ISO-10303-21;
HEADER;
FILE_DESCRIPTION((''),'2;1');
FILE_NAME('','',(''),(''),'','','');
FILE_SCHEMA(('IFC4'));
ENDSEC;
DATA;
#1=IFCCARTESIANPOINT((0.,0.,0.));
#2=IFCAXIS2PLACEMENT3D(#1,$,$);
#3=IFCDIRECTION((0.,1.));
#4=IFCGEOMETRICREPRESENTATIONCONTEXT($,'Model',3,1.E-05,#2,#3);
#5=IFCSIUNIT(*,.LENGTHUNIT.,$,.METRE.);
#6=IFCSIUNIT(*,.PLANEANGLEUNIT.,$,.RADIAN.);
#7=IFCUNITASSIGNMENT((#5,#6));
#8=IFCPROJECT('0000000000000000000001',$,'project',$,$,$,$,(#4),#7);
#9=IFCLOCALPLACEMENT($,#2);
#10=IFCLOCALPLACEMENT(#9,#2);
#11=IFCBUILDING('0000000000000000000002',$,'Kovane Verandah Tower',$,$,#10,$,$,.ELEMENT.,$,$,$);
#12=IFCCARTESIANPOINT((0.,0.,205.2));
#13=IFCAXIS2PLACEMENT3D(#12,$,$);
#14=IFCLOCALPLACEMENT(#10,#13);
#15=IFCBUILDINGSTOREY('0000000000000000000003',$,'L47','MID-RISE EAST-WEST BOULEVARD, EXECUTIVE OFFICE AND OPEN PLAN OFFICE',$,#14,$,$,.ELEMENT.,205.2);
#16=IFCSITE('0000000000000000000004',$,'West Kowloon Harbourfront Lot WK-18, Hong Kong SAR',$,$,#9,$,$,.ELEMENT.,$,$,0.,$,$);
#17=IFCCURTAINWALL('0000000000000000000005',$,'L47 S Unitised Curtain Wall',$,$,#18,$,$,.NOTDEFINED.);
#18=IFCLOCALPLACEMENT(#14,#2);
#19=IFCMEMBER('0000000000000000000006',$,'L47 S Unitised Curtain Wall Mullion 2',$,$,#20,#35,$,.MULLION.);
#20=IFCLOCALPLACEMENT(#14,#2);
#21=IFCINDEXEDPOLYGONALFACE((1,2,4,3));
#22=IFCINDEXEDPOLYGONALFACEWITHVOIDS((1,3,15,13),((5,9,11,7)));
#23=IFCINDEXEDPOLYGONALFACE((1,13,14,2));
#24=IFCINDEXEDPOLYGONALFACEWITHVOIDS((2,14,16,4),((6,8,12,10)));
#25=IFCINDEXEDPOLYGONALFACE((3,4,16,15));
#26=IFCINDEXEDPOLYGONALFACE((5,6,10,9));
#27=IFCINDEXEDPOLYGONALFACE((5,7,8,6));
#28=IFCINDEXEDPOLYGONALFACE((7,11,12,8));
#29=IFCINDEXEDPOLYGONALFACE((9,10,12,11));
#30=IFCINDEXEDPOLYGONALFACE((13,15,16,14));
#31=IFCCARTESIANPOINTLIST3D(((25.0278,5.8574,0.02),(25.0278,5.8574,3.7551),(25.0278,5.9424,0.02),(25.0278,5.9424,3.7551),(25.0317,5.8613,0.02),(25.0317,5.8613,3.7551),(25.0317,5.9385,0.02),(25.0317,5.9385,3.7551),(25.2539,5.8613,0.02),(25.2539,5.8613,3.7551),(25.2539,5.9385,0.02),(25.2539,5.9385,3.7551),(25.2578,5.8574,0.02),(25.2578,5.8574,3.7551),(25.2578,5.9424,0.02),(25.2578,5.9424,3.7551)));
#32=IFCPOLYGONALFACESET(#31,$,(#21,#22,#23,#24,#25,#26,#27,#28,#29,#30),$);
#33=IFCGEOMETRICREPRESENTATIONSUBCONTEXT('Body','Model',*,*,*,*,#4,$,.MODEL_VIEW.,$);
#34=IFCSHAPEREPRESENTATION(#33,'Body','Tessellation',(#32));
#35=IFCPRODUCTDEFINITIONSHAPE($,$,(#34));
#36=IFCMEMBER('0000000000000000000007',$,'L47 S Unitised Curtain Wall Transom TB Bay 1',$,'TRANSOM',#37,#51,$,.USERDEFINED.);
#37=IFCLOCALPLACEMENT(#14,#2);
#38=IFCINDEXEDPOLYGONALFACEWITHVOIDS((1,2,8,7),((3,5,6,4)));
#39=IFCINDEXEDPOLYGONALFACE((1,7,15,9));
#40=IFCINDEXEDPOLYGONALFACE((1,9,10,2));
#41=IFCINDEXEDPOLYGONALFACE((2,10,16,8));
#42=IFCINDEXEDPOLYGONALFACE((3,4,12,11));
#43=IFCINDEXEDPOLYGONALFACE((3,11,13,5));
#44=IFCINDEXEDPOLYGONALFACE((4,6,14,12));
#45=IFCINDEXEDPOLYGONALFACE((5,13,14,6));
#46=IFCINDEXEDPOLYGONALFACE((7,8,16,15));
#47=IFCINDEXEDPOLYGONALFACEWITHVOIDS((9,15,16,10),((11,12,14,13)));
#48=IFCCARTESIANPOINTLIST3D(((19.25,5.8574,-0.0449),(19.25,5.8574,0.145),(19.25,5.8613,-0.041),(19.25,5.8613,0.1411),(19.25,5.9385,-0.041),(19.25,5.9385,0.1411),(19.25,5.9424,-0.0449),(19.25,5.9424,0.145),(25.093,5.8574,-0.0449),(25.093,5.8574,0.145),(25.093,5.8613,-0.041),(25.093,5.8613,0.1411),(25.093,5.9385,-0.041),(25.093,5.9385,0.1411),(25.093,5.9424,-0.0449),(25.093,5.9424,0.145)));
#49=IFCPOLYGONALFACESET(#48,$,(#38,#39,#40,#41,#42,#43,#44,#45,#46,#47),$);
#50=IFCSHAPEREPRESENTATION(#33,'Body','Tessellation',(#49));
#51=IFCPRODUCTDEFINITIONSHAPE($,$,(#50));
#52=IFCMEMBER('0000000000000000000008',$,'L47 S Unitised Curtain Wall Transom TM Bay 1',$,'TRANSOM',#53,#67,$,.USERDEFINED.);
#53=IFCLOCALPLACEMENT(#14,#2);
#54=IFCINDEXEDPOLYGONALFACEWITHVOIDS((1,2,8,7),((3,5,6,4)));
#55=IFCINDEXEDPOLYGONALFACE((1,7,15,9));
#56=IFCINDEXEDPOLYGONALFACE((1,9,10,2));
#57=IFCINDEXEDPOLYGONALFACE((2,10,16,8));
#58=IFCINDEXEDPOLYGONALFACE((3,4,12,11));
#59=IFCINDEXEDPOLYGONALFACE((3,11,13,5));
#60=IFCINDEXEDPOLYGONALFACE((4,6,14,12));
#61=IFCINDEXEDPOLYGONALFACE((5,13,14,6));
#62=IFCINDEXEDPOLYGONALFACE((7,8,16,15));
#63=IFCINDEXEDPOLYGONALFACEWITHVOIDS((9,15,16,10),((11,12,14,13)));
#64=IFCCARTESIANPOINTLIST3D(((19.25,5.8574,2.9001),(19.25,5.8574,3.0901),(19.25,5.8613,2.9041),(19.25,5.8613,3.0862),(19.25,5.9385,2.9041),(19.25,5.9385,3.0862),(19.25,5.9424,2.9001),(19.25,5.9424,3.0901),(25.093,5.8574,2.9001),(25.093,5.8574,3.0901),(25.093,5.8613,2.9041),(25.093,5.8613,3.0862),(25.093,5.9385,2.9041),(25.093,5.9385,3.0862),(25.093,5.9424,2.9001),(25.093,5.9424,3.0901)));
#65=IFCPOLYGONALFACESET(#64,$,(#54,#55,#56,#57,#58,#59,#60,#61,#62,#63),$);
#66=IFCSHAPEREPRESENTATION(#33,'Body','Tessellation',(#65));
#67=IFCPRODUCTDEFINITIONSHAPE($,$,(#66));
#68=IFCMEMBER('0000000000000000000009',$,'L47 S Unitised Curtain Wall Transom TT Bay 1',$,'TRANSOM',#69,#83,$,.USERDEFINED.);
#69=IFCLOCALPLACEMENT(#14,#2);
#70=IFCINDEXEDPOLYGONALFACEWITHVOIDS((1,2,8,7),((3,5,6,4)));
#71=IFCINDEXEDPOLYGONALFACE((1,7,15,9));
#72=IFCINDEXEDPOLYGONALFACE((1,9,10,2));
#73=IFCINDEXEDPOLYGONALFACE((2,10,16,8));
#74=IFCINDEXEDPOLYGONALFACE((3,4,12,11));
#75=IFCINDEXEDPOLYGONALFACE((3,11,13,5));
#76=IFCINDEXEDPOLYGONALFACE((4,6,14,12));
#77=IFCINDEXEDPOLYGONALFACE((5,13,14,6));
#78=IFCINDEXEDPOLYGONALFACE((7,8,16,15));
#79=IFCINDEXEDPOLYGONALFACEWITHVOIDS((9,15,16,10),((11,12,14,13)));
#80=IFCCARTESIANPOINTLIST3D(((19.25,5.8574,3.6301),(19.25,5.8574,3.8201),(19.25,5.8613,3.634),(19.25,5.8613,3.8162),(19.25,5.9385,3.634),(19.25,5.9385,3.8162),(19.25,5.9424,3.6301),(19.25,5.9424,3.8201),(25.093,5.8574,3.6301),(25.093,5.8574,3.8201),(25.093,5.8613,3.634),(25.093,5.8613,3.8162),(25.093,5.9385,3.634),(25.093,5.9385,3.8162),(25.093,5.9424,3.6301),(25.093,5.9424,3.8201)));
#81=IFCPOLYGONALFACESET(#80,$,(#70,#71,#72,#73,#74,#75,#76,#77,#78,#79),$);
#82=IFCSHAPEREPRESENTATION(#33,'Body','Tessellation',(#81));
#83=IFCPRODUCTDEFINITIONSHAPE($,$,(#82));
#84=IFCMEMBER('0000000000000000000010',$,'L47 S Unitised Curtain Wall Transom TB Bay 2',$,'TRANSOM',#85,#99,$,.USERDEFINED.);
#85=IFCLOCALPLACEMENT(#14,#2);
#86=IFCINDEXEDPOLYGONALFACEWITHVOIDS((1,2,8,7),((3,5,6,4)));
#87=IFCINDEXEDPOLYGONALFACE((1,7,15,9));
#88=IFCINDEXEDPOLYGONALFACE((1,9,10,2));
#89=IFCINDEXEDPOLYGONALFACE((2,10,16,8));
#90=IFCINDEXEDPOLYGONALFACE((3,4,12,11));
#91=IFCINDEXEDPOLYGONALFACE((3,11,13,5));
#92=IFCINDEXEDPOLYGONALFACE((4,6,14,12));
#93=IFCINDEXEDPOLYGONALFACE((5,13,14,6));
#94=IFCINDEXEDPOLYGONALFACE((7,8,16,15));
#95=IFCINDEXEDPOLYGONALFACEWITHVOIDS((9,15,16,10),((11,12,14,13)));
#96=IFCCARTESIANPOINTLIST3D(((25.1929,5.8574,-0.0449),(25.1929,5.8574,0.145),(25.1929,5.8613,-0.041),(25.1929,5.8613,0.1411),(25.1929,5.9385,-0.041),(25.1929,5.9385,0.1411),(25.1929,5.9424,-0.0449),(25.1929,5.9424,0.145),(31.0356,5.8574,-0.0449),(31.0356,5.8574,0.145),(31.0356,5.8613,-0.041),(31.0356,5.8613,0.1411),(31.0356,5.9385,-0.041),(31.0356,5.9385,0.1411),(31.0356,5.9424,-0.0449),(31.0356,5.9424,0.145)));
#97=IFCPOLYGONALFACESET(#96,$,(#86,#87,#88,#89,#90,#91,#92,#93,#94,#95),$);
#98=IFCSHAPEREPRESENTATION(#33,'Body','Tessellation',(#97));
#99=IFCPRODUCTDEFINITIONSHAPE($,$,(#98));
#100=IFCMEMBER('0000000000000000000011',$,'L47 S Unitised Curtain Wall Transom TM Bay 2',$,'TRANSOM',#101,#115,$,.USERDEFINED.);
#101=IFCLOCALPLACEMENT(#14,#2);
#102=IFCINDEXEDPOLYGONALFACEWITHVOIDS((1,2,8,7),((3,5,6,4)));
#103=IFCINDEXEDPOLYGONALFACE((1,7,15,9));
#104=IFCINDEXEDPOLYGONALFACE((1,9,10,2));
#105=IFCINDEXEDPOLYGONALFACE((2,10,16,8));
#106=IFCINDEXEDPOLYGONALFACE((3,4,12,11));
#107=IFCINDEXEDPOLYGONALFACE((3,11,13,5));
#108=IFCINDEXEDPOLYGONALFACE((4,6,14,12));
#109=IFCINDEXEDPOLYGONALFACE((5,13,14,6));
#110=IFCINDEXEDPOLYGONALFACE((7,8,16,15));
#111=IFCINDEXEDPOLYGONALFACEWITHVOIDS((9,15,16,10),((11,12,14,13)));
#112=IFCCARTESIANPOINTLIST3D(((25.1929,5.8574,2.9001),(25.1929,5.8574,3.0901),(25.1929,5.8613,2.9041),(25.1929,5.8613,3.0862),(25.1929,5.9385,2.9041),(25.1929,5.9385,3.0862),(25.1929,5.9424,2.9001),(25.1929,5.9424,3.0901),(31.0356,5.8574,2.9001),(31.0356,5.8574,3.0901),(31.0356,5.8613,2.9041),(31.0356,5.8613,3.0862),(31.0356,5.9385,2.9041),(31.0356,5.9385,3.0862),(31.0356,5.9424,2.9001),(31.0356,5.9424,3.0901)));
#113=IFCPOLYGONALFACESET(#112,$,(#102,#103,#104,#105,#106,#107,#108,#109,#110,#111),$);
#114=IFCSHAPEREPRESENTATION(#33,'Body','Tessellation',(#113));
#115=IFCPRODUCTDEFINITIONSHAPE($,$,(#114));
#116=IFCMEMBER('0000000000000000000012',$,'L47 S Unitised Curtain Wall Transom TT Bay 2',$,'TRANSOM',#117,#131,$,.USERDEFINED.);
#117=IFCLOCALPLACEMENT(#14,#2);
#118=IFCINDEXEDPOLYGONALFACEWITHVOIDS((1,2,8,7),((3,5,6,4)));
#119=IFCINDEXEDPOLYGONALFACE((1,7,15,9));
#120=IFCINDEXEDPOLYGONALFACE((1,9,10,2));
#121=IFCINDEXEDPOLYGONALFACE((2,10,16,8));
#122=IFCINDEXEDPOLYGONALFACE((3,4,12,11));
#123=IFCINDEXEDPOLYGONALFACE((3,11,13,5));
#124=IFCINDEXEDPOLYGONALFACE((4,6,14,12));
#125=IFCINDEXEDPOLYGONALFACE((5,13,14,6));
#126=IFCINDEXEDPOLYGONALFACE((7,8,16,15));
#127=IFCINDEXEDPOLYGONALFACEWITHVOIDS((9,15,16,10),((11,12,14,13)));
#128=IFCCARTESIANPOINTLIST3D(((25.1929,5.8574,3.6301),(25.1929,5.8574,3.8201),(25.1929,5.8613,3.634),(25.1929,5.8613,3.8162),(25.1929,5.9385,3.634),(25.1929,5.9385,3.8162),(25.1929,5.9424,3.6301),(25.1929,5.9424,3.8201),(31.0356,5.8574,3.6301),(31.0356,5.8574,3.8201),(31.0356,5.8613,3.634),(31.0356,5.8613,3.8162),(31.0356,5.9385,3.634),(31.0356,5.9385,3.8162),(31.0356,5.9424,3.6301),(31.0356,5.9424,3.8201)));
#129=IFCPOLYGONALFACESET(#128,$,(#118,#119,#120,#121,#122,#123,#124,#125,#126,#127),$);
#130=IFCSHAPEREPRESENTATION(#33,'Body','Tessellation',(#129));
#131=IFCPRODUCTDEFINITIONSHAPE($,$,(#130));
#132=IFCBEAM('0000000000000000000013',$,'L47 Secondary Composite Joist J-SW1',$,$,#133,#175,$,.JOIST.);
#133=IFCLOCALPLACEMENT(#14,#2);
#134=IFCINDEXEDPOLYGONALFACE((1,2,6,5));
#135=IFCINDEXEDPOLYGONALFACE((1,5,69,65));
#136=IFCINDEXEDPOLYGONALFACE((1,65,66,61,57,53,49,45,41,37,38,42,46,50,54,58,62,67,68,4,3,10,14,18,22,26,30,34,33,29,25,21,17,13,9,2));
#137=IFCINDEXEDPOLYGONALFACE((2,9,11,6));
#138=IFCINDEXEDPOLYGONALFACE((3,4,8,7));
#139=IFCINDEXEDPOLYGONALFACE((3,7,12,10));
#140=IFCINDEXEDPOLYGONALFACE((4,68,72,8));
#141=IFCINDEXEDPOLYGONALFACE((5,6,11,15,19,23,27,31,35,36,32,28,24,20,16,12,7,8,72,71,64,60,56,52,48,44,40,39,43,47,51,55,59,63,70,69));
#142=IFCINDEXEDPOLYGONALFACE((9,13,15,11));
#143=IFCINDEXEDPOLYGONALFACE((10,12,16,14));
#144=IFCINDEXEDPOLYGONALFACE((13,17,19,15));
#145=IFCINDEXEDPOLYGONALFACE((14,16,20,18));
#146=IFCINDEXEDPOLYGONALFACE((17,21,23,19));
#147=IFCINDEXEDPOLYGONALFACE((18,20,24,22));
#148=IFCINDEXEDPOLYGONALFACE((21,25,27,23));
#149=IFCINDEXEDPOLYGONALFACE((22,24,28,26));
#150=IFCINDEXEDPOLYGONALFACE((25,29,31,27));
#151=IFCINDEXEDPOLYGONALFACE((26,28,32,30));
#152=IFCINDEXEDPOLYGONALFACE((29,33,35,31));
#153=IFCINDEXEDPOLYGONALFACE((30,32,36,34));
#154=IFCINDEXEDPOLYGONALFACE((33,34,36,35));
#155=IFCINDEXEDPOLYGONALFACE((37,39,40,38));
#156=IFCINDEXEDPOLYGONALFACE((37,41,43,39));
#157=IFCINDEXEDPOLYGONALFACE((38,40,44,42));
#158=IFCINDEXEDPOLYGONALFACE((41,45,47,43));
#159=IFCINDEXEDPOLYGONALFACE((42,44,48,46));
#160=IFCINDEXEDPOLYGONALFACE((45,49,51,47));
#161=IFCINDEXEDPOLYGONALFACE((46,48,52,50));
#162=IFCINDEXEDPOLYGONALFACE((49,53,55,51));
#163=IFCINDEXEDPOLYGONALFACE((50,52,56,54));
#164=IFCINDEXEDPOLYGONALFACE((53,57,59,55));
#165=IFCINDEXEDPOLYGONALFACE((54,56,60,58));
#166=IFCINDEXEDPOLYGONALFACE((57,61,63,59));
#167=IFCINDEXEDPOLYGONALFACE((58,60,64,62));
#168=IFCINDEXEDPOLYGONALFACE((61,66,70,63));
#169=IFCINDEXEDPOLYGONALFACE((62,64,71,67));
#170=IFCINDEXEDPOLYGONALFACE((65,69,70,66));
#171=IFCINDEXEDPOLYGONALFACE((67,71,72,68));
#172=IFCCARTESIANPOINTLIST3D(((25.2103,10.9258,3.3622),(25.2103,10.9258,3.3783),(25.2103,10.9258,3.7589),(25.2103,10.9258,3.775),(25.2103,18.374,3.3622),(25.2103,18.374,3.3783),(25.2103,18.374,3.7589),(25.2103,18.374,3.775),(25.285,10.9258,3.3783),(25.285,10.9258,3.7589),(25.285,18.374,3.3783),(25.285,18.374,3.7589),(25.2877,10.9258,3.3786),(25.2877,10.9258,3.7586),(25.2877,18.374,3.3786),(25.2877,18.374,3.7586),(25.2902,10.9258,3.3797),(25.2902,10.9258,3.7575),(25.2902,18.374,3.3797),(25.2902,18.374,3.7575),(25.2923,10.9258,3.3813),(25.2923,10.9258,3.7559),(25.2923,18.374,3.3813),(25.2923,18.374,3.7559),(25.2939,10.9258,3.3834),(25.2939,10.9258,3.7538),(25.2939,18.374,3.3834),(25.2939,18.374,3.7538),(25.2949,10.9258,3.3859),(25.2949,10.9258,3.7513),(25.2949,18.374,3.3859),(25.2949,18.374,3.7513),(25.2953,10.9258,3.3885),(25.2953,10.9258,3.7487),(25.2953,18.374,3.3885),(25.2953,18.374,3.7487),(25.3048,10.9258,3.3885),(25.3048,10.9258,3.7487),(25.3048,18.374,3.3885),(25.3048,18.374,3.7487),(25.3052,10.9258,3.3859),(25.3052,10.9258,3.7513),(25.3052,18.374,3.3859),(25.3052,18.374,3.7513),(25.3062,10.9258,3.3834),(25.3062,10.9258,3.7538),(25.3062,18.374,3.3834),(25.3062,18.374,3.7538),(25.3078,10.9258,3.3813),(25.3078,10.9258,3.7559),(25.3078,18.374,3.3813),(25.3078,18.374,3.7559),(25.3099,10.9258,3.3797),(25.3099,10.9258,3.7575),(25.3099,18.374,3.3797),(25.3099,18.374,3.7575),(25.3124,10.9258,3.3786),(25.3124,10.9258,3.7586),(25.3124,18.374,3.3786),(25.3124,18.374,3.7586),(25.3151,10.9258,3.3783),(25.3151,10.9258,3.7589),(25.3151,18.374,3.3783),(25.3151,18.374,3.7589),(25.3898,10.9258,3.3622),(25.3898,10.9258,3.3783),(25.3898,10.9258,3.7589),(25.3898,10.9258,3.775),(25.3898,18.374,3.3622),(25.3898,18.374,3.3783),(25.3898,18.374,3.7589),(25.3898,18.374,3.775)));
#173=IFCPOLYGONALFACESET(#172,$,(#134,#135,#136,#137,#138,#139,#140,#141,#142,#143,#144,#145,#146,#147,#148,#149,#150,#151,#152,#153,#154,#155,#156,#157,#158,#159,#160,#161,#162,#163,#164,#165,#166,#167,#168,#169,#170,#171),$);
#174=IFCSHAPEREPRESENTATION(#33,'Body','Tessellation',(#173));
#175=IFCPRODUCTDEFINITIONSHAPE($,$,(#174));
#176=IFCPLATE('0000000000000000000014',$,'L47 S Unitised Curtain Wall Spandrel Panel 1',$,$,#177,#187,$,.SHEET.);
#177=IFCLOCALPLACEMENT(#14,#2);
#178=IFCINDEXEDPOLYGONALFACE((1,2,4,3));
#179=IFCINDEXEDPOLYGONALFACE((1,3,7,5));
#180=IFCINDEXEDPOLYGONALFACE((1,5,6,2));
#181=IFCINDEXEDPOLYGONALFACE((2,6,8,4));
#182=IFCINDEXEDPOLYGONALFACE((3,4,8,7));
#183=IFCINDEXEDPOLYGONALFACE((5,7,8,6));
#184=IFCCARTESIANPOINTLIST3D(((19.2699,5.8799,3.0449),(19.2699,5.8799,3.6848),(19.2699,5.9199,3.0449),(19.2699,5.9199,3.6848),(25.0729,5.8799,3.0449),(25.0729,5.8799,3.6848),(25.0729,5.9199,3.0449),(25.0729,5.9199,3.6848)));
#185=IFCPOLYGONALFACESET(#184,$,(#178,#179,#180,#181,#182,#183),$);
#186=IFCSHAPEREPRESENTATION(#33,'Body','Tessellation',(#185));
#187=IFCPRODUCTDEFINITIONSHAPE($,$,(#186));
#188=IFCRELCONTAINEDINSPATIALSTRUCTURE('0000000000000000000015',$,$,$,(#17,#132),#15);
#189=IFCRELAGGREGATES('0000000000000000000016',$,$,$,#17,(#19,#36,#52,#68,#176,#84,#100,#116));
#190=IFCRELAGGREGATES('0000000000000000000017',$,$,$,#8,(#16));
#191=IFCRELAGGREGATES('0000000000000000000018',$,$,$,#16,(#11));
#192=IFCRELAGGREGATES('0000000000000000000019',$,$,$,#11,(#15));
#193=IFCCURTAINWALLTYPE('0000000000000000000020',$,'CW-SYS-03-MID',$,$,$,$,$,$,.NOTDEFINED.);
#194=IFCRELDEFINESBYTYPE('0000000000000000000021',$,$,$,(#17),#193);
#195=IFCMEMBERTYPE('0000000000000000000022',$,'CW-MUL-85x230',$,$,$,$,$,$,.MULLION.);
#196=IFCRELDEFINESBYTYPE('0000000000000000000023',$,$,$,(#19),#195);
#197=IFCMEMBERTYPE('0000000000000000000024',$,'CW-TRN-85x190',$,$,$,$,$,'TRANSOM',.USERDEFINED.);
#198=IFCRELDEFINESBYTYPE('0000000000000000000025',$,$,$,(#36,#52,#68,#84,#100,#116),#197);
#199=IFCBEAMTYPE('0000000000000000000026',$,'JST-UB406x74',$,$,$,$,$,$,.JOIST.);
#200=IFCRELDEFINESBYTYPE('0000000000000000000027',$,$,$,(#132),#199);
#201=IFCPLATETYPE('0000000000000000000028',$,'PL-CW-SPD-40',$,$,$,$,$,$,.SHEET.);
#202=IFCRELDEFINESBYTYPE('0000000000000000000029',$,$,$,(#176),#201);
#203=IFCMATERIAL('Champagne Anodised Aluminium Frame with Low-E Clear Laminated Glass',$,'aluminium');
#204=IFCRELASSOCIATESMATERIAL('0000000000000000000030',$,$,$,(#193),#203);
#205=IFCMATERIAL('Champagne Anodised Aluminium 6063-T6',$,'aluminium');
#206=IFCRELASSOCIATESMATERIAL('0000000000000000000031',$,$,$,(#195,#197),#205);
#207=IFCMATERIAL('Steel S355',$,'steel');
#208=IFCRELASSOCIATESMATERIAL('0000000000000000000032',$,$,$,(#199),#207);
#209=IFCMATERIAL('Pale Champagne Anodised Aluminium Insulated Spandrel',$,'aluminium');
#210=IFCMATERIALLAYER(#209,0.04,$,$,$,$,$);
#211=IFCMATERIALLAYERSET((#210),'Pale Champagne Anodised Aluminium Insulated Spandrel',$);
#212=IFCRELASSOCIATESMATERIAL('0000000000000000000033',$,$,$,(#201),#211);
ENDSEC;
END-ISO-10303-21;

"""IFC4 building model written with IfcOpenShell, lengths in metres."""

from ifc_helpers import new_model, si_unit, direction, frame, origin, origin_2d, place, context, subcontext, project, spatial, rectangle, hollow_rectangle, i_section, extrude, material, layer, layer_set, material_profile, profile_set, type_object, element, aggregate, save


model = new_model("IFC4")

# Units and contexts
model_context = context("Model", 3, precision=1e-05, world=origin(), true_north=direction((0.0, 1.0)))
body_context = subcontext(model_context, "Body", "Model", "MODEL_VIEW")
ifc_project = project(units=[si_unit("LENGTHUNIT", "METRE"), si_unit("PLANEANGLEUNIT", "RADIAN")], contexts=[model_context])

# Site, building, storey
site_placement = place(None, origin())
site = spatial("IfcSite", under=ifc_project, at=site_placement, Name="West Kowloon Harbourfront Lot WK-18, Hong Kong SAR", CompositionType="ELEMENT", RefElevation=0.0)
building_placement = place(site_placement, origin())
building = spatial("IfcBuilding", under=site, at=building_placement, Name="Kovane Verandah Tower", CompositionType="ELEMENT")
storey_placement = place(building_placement, frame((0.0, 0.0, 205.2)))
storey = spatial("IfcBuildingStorey", under=building, at=storey_placement, Name="L47", Description="MID-RISE EAST-WEST BOULEVARD, EXECUTIVE OFFICE AND OPEN PLAN OFFICE", CompositionType="ELEMENT", Elevation=205.2)

# Shared definitions
ifc_material_1 = material(Name="Steel S355", Category="steel")

# Curtain wall, members
ifc_material_2 = material(Name="Champagne Anodised Aluminium Frame with Low-E Clear Laminated Glass", Category="aluminium")
curtain_wall_type = type_object("IfcCurtainWallType", Name="CW-SYS-03-MID", PredefinedType="NOTDEFINED", material=ifc_material_2)
curtain_wall_placement = place(storey_placement, origin())
curtain_wall = element("IfcCurtainWall", 1, at=curtain_wall_placement, inside=storey, type_object=curtain_wall_type, Name="L47 S Unitised Curtain Wall", PredefinedType="NOTDEFINED")
ifc_material_3 = material(Name="Champagne Anodised Aluminium 6063-T6", Category="aluminium")
ifc_material_profile_1 = material_profile(ifc_material_3, hollow_rectangle(XDim=0.085, YDim=0.23, WallThickness=0.0039, at=origin_2d()), Name="AL85x230x4")
ifc_profile_set_1 = profile_set([ifc_material_profile_1], Name="Champagne Anodised Aluminium 6063-T6")
member_type_1 = type_object("IfcMemberType", Name="CW-MUL-85x230", PredefinedType="MULLION", material=ifc_profile_set_1)
member_1_placement = place(storey_placement, frame((25.1428, 5.8999, 0.02), z_axis=(0.0, 0.0, 1.0), x_axis=(0.0, -1.0, 0.0)))
member_1 = element("IfcMember", 2, at=member_1_placement, type_object=member_type_1, Name="L47 S Unitised Curtain Wall Mullion 2", PredefinedType="MULLION", context=body_context, shape_type="SweptSolid", body=[
    extrude(hollow_rectangle(XDim=0.085, YDim=0.23, WallThickness=0.0039, at=origin_2d()), origin(), (0.0, 0.0, 1.0), 3.7351),
])
ifc_material_profile_2 = material_profile(ifc_material_3, hollow_rectangle(XDim=0.085, YDim=0.1899, WallThickness=0.0039, at=origin_2d()), Name="AL85x190x4")
ifc_profile_set_2 = profile_set([ifc_material_profile_2], Name="Champagne Anodised Aluminium 6063-T6")
member_type_2 = type_object("IfcMemberType", Name="CW-TRN-85x190", ElementType="TRANSOM", PredefinedType="USERDEFINED", material=ifc_profile_set_2)
member_2_placement = place(storey_placement, frame((19.25, 5.8999, 0.05), z_axis=(1.0, 0.0, 0.0), x_axis=(0.0, 1.0, 0.0)))
member_2 = element("IfcMember", 3, at=member_2_placement, type_object=member_type_2, Name="L47 S Unitised Curtain Wall Transom TB Bay 1", ObjectType="TRANSOM", PredefinedType="USERDEFINED", context=body_context, shape_type="SweptSolid", body=[
    extrude(hollow_rectangle(XDim=0.085, YDim=0.1899, WallThickness=0.0039, at=origin_2d()), origin(), (0.0, 0.0, 1.0), 5.843),
])
member_3_placement = place(storey_placement, frame((19.25, 5.8999, 2.9951), z_axis=(1.0, 0.0, 0.0), x_axis=(0.0, 1.0, 0.0)))
member_3 = element("IfcMember", 4, at=member_3_placement, type_object=member_type_2, Name="L47 S Unitised Curtain Wall Transom TM Bay 1", ObjectType="TRANSOM", PredefinedType="USERDEFINED", context=body_context, shape_type="SweptSolid", body=[
    extrude(hollow_rectangle(XDim=0.085, YDim=0.1899, WallThickness=0.0039, at=origin_2d()), origin(), (0.0, 0.0, 1.0), 5.843),
])
member_4_placement = place(storey_placement, frame((19.25, 5.8999, 3.7251), z_axis=(1.0, 0.0, 0.0), x_axis=(0.0, 1.0, 0.0)))
member_4 = element("IfcMember", 5, at=member_4_placement, type_object=member_type_2, Name="L47 S Unitised Curtain Wall Transom TT Bay 1", ObjectType="TRANSOM", PredefinedType="USERDEFINED", context=body_context, shape_type="SweptSolid", body=[
    extrude(hollow_rectangle(XDim=0.085, YDim=0.1899, WallThickness=0.0039, at=origin_2d()), origin(), (0.0, 0.0, 1.0), 5.843),
])
member_5_placement = place(storey_placement, frame((25.1929, 5.8999, 0.05), z_axis=(1.0, 0.0, 0.0), x_axis=(0.0, 1.0, 0.0)))
member_5 = element("IfcMember", 6, at=member_5_placement, type_object=member_type_2, Name="L47 S Unitised Curtain Wall Transom TB Bay 2", ObjectType="TRANSOM", PredefinedType="USERDEFINED", context=body_context, shape_type="SweptSolid", body=[
    extrude(hollow_rectangle(XDim=0.085, YDim=0.1899, WallThickness=0.0039, at=origin_2d()), origin(), (0.0, 0.0, 1.0), 5.8428),
])
member_6_placement = place(storey_placement, frame((25.1929, 5.8999, 2.9951), z_axis=(1.0, 0.0, 0.0), x_axis=(0.0, 1.0, 0.0)))
member_6 = element("IfcMember", 7, at=member_6_placement, type_object=member_type_2, Name="L47 S Unitised Curtain Wall Transom TM Bay 2", ObjectType="TRANSOM", PredefinedType="USERDEFINED", context=body_context, shape_type="SweptSolid", body=[
    extrude(hollow_rectangle(XDim=0.085, YDim=0.1899, WallThickness=0.0039, at=origin_2d()), origin(), (0.0, 0.0, 1.0), 5.8428),
])
member_7_placement = place(storey_placement, frame((25.1929, 5.8999, 3.7251), z_axis=(1.0, 0.0, 0.0), x_axis=(0.0, 1.0, 0.0)))
member_7 = element("IfcMember", 8, at=member_7_placement, type_object=member_type_2, Name="L47 S Unitised Curtain Wall Transom TT Bay 2", ObjectType="TRANSOM", PredefinedType="USERDEFINED", context=body_context, shape_type="SweptSolid", body=[
    extrude(hollow_rectangle(XDim=0.085, YDim=0.1899, WallThickness=0.0039, at=origin_2d()), origin(), (0.0, 0.0, 1.0), 5.8428),
])

# Beam
ifc_material_profile_3 = material_profile(ifc_material_1, i_section(OverallWidth=0.1794, OverallDepth=0.4128, WebThickness=0.0095, FlangeThickness=0.0161, FilletRadius=0.0103, at=origin_2d()), Name="UB406x178x74")
ifc_profile_set_3 = profile_set([ifc_material_profile_3], Name="Steel S355")
beam_type_1 = type_object("IfcBeamType", Name="JST-UB406x74", PredefinedType="JOIST", material=ifc_profile_set_3)
beam_1_placement = place(storey_placement, frame((25.3, 10.9258, 3.5686), z_axis=(0.0, 1.0, 0.0), x_axis=(-1.0, 0.0, 0.0)))
element("IfcBeam", 9, at=beam_1_placement, inside=storey, type_object=beam_type_1, Name="L47 Secondary Composite Joist J-SW1", PredefinedType="JOIST", context=body_context, shape_type="SweptSolid", body=[
    extrude(i_section(OverallWidth=0.1794, OverallDepth=0.4128, WebThickness=0.0095, FlangeThickness=0.0161, FilletRadius=0.0103, at=origin_2d()), origin(), (0.0, 0.0, 1.0), 7.4482),
])

# Plate
ifc_material_4 = material(Name="Pale Champagne Anodised Aluminium Insulated Spandrel", Category="aluminium")
ifc_layer_1 = layer(ifc_material_4, 0.04)
ifc_layer_set_1 = layer_set([ifc_layer_1], Name="Pale Champagne Anodised Aluminium Insulated Spandrel")
plate_type_1 = type_object("IfcPlateType", Name="PL-CW-SPD-40", PredefinedType="SHEET", material=ifc_layer_set_1)
plate_1_placement = place(storey_placement, frame((22.1714, 5.8999, 3.0449), z_axis=(0.0, 0.0, 1.0), x_axis=(1.0, 0.0, 0.0)))
plate_1 = element("IfcPlate", 10, at=plate_1_placement, type_object=plate_type_1, Name="L47 S Unitised Curtain Wall Spandrel Panel 1", PredefinedType="SHEET", context=body_context, shape_type="SweptSolid", body=[
    extrude(rectangle(XDim=5.803, YDim=0.04, at=origin_2d()), origin(), (0.0, 0.0, 1.0), 0.6399),
])
aggregate(curtain_wall, [member_1, member_2, member_3, member_4, plate_1, member_5, member_6, member_7])

save(model, "model.ifc")
